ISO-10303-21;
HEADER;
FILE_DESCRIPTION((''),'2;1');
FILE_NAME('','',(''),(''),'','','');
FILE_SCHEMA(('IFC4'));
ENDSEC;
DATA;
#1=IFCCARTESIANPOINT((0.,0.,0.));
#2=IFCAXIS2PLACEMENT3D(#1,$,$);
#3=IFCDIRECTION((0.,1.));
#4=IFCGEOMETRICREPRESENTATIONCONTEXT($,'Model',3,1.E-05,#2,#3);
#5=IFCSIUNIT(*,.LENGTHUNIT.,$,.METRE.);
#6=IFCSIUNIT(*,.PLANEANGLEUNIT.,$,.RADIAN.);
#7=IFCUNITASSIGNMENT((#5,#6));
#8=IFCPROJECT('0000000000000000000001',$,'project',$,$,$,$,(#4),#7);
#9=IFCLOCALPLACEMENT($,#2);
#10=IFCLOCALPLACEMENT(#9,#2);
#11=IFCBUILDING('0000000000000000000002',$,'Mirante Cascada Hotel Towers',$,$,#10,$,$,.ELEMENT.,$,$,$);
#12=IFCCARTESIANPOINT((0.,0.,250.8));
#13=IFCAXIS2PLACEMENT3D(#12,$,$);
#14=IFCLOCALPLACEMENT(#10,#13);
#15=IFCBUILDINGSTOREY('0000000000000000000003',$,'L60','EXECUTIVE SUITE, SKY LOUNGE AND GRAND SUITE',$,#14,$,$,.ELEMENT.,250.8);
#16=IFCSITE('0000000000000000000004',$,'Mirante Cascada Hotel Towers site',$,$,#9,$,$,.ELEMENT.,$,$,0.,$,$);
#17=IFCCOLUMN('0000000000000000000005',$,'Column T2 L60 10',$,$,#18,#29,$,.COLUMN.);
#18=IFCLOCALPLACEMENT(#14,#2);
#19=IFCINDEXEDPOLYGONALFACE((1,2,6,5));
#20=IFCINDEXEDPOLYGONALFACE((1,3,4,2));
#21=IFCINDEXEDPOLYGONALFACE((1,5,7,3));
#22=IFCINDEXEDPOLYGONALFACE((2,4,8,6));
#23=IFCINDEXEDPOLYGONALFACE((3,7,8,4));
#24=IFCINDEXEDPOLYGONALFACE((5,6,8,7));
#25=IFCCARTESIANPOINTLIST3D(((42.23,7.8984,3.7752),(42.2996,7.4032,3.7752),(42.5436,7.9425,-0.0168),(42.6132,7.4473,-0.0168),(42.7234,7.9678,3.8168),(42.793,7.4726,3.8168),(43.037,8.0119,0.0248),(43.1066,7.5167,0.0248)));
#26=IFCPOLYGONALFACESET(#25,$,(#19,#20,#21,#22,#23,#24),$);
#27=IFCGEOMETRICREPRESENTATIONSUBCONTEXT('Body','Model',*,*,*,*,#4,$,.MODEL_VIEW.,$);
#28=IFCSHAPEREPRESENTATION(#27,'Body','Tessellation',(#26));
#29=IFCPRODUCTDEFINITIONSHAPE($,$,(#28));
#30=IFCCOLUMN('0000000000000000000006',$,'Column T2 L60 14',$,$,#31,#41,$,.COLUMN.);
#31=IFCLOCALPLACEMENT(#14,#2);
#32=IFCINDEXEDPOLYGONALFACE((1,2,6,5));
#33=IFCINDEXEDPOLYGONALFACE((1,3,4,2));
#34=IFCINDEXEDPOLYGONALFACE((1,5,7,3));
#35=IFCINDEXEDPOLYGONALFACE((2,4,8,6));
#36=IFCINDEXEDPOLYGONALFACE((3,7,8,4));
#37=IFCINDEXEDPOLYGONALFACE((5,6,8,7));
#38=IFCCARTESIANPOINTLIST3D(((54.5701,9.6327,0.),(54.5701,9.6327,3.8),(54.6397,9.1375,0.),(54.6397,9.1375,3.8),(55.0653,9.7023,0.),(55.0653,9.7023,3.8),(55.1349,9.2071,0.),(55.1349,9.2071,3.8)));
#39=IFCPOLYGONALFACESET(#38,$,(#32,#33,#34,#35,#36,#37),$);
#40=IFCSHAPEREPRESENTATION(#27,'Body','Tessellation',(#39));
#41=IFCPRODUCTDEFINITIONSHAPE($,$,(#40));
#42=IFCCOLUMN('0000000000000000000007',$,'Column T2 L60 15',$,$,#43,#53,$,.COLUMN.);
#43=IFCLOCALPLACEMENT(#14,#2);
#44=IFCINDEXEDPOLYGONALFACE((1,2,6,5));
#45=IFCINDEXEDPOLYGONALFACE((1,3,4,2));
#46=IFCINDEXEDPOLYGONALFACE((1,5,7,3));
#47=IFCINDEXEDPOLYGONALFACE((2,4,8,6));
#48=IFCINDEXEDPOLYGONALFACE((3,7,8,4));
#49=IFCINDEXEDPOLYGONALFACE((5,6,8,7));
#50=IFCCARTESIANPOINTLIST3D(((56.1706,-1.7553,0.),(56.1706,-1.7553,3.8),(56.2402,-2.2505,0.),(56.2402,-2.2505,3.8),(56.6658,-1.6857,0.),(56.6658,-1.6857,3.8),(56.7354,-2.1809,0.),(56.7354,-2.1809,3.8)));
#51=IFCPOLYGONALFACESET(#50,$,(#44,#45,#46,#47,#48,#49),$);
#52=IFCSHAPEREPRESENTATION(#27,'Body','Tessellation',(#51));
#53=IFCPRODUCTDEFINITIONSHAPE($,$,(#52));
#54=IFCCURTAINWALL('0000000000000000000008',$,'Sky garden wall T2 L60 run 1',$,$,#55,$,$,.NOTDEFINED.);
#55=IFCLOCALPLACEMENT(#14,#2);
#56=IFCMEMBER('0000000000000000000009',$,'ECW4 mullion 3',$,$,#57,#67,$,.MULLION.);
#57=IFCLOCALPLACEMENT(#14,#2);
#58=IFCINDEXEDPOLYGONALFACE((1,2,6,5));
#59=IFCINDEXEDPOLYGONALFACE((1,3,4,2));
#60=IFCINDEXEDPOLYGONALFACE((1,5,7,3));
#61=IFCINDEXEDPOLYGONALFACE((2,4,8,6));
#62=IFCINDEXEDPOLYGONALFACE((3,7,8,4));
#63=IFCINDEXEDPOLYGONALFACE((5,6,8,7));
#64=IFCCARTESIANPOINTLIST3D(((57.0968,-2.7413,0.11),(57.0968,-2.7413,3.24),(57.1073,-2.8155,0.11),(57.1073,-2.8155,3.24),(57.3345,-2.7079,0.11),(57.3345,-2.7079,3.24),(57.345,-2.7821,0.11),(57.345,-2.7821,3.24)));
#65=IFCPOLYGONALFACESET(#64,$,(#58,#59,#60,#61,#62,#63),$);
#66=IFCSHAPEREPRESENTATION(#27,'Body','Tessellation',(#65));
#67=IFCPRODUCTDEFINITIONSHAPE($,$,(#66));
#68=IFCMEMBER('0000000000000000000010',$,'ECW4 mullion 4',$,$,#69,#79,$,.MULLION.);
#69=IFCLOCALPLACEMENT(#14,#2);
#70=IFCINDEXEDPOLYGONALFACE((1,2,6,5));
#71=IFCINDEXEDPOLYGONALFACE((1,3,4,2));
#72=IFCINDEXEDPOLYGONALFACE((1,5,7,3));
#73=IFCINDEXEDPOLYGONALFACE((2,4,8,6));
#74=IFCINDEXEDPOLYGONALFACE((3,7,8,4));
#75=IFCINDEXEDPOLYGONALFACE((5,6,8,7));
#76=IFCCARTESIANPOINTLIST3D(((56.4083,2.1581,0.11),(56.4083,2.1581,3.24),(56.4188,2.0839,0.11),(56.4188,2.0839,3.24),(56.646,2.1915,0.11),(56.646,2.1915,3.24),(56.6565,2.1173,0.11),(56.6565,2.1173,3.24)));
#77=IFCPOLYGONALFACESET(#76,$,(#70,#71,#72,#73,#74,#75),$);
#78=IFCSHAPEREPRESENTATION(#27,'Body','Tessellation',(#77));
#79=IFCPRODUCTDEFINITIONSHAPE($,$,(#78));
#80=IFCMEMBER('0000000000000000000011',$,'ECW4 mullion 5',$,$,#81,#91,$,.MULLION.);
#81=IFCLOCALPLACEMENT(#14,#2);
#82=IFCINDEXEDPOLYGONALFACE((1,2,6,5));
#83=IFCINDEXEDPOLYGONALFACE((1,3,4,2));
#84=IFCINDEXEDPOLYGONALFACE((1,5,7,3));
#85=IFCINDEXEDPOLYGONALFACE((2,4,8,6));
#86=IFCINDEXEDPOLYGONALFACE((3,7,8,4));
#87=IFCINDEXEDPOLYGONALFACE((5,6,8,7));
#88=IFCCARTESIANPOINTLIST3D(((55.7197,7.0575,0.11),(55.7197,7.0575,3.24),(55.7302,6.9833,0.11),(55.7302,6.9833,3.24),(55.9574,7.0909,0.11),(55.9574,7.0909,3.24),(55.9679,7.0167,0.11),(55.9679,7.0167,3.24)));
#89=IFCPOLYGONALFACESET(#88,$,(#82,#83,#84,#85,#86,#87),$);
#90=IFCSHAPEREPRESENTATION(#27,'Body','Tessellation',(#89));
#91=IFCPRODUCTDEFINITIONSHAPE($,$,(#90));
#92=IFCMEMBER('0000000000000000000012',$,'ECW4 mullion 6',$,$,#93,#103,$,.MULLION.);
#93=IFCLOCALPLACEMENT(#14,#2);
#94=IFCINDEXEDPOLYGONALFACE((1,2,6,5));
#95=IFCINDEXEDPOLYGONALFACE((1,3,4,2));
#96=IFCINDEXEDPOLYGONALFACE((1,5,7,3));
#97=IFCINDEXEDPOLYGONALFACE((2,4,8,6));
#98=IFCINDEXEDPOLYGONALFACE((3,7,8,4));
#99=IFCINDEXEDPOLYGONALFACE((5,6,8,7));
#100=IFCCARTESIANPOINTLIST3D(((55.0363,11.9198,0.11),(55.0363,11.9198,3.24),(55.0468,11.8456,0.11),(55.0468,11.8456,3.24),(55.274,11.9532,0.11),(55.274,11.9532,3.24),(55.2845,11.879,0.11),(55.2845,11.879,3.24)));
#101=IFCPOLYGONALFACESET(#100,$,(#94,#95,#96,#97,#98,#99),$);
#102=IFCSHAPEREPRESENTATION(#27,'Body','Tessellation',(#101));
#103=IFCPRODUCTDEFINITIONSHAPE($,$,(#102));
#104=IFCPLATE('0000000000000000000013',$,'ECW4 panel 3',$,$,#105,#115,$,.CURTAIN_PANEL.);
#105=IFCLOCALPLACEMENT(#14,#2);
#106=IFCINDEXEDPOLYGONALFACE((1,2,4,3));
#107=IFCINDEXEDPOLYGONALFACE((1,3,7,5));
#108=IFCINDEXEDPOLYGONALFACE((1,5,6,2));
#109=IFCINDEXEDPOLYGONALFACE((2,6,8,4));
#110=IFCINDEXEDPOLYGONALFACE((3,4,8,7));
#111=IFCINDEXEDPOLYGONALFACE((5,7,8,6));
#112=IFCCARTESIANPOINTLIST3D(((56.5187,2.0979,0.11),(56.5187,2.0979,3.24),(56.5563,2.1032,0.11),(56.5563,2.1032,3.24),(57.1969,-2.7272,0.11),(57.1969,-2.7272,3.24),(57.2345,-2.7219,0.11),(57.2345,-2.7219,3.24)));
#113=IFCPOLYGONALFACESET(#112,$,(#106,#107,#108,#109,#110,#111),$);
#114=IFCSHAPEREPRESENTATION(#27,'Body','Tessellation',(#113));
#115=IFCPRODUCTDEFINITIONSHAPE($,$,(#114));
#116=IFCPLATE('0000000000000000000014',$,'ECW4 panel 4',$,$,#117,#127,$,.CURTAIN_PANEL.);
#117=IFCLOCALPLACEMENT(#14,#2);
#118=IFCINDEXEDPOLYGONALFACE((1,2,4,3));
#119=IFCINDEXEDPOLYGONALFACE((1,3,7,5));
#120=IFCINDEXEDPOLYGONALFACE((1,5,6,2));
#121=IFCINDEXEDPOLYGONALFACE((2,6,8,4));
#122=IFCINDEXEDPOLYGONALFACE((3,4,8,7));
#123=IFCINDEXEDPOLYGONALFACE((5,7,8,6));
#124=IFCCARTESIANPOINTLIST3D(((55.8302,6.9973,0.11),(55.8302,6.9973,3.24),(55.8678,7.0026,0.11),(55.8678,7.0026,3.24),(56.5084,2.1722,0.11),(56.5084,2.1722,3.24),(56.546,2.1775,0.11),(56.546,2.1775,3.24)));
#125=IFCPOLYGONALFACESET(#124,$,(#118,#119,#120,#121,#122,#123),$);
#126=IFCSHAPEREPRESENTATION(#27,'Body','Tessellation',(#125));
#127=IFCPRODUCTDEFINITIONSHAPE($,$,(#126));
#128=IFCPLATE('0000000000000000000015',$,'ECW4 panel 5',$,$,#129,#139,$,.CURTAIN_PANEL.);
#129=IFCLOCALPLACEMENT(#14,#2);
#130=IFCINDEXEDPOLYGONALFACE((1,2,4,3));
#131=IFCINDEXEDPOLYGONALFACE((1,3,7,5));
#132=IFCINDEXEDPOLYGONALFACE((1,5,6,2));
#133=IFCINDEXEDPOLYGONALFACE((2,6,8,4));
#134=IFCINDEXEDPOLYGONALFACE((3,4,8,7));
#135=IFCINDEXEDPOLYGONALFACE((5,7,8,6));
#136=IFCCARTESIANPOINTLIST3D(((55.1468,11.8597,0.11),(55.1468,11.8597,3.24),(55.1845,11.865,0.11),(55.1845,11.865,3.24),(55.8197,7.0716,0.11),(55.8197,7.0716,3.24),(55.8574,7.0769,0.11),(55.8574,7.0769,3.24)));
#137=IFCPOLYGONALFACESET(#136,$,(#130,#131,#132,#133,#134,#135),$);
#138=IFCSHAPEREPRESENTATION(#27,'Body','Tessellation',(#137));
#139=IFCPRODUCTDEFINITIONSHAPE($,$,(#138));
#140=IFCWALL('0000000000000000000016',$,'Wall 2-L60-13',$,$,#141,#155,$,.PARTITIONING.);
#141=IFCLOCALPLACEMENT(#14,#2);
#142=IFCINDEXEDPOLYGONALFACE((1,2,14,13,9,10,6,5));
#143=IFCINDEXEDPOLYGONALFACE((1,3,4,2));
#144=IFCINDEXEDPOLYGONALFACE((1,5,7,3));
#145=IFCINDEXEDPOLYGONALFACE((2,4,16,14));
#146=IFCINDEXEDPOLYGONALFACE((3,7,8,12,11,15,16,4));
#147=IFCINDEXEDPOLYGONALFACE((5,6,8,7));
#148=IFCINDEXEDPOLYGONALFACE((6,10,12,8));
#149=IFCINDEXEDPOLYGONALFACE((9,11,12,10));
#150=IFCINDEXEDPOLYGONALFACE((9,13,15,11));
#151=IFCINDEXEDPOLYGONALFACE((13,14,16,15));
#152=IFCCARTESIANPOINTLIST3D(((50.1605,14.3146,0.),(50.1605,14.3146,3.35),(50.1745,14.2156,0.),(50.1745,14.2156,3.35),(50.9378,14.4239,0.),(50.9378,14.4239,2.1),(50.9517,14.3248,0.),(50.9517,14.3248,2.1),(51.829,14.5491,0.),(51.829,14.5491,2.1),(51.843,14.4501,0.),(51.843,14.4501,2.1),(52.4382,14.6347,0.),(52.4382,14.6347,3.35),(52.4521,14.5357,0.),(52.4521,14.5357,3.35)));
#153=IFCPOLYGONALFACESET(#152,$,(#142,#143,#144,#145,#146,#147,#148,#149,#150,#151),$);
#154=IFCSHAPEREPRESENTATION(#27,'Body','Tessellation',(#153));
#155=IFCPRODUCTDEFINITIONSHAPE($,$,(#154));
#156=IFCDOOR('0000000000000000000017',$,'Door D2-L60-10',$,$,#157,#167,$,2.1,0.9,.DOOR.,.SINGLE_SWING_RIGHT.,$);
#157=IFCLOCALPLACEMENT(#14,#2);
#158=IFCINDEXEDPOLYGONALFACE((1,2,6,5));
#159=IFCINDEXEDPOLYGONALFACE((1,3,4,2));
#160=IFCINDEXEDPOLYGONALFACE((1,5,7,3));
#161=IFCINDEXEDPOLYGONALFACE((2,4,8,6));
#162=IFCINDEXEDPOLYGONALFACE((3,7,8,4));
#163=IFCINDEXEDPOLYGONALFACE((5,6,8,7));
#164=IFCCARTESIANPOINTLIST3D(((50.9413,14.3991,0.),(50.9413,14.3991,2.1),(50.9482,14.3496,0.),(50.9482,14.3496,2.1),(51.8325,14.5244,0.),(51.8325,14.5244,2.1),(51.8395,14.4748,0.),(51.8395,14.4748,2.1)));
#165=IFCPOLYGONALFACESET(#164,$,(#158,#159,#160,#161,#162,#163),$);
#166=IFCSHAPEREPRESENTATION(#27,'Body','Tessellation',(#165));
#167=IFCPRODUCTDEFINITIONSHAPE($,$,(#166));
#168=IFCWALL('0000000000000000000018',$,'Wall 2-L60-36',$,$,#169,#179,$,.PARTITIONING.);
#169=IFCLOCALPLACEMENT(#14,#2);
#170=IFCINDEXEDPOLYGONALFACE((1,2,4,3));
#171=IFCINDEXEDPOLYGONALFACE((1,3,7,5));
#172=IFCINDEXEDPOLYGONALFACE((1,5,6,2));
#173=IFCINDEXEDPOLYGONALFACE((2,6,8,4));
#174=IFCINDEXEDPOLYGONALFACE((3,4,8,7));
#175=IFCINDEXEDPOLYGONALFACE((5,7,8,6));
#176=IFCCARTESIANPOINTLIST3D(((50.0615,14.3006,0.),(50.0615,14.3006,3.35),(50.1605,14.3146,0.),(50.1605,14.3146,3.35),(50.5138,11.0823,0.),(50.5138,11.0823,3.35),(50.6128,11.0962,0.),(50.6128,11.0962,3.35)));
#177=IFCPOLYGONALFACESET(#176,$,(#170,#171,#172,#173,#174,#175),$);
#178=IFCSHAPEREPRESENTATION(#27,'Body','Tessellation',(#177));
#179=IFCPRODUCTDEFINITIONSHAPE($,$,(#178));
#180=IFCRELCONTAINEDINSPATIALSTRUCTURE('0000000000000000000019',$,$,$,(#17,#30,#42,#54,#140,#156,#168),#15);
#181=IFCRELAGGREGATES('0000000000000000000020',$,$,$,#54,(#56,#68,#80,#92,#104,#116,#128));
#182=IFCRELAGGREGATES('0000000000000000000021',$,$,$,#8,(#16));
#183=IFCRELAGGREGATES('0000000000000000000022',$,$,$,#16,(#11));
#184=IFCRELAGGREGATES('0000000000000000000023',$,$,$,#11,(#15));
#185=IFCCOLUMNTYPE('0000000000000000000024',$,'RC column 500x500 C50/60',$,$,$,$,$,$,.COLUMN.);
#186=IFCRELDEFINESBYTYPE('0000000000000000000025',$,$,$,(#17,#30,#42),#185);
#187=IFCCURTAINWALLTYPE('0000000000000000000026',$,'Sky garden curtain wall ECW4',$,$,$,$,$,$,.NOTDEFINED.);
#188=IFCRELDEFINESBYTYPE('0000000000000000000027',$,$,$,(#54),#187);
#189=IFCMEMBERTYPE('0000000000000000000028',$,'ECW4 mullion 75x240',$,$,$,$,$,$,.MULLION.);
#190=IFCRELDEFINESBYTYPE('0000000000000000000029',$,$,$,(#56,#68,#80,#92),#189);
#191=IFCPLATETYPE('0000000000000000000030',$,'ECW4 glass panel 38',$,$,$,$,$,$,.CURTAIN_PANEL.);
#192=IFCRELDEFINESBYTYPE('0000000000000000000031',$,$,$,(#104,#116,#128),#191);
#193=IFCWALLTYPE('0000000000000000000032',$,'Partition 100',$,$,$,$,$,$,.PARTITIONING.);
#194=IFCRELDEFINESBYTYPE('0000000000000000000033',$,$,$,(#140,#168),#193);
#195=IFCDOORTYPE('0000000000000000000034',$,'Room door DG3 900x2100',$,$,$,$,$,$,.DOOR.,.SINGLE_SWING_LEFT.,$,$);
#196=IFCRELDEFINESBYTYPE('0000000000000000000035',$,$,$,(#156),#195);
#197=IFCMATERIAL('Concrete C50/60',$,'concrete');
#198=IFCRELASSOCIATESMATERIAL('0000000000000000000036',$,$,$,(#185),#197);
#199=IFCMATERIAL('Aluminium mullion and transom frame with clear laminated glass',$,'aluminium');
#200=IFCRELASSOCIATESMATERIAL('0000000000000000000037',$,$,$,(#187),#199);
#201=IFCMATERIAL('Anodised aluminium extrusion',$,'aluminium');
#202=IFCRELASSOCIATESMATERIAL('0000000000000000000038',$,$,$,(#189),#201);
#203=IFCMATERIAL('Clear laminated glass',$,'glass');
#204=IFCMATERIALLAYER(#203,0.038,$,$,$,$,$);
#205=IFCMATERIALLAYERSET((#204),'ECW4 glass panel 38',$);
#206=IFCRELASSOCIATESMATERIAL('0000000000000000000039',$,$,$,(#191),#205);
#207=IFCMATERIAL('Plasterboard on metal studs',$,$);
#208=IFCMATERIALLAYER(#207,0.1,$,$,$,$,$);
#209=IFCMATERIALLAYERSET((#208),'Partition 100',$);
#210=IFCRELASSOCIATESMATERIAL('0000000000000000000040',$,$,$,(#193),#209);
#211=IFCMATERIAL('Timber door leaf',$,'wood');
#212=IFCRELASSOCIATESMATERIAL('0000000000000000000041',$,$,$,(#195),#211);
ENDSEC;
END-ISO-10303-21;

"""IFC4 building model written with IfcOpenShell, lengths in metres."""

from ifc_helpers import new_model, si_unit, direction, frame, frame_2d, origin, origin_2d, place, context, subcontext, project, spatial, rectangle, extrude, material, layer, layer_set, material_profile, profile_set, type_object, element, fill, aggregate, save


model = new_model("IFC4")

# Units and contexts
model_context = context("Model", 3, precision=1e-05, world=origin(), true_north=direction((0.0, 1.0)))
body_context = subcontext(model_context, "Body", "Model", "MODEL_VIEW")
ifc_project = project(units=[si_unit("LENGTHUNIT", "METRE"), si_unit("PLANEANGLEUNIT", "RADIAN")], contexts=[model_context])

# Site, building, storey
site_placement = place(None, origin())
site = spatial("IfcSite", under=ifc_project, at=site_placement, Name="Mirante Cascada Hotel Towers site", CompositionType="ELEMENT", RefElevation=0.0)
building_placement = place(site_placement, origin())
building = spatial("IfcBuilding", under=site, at=building_placement, Name="Mirante Cascada Hotel Towers", CompositionType="ELEMENT")
storey_placement = place(building_placement, frame((0.0, 0.0, 250.8)))
storey = spatial("IfcBuildingStorey", under=building, at=storey_placement, Name="L60", Description="EXECUTIVE SUITE, SKY LOUNGE AND GRAND SUITE", CompositionType="ELEMENT", Elevation=250.8)

# Columns
ifc_material_1 = material(Name="Concrete C50/60", Category="concrete")
ifc_material_profile_1 = material_profile(ifc_material_1, rectangle(XDim=0.5, YDim=0.5, at=origin_2d()), Name="RC column 500x500 C50/60")
ifc_profile_set_1 = profile_set([ifc_material_profile_1], Name="Concrete C50/60")
column_type = type_object("IfcColumnType", Name="RC column 500x500 C50/60", PredefinedType="COLUMN", material=ifc_profile_set_1)
column_placement = place(storey_placement, frame((42.8251, 7.7296, 0.004), z_axis=(-0.082414, -0.011589, 0.996531), x_axis=(0.139255, -0.990257, 0.0)))
element("IfcColumn", 1, at=column_placement, inside=storey, type_object=column_type, Name="Column T2 L60 10", PredefinedType="COLUMN", context=body_context, shape_type="SweptSolid", body=[
    extrude(rectangle(XDim=0.5, YDim=0.5, at=origin_2d()), origin(), (0.0, 0.0, 1.0), 3.8052),
])
for number, where, z_axis, x_axis, name in (
    (2, (54.8525, 9.4199, 0.0), (0.0, 0.0, 1.0), (0.990268, 0.139173, 0.0), "Column T2 L60 14"),
    (3, (56.453, -1.9681, 0.0), (0.0, 0.0, 1.0), (0.990268, 0.139173, 0.0), "Column T2 L60 15"),
):
    element("IfcColumn", number, at=place(storey_placement, frame(where, z_axis=z_axis, x_axis=x_axis)), inside=storey, type_object=column_type, Name=name, PredefinedType="COLUMN", context=body_context, shape_type="SweptSolid", body=[
        extrude(rectangle(XDim=0.5, YDim=0.5, at=origin_2d()), origin(), (0.0, 0.0, 1.0), 3.8),
    ])

# Curtain wall, members, plates
ifc_material_2 = material(Name="Aluminium mullion and transom frame with clear laminated glass", Category="aluminium")
curtain_wall_type = type_object("IfcCurtainWallType", Name="Sky garden curtain wall ECW4", PredefinedType="NOTDEFINED", material=ifc_material_2)
curtain_wall_placement = place(storey_placement, origin())
curtain_wall = element("IfcCurtainWall", 4, at=curtain_wall_placement, inside=storey, type_object=curtain_wall_type, Name="Sky garden wall T2 L60 run 1", PredefinedType="NOTDEFINED")
ifc_material_3 = material(Name="Anodised aluminium extrusion", Category="aluminium")
ifc_material_profile_2 = material_profile(ifc_material_3, rectangle(XDim=0.24, YDim=0.075, at=origin_2d()), Name="ECW4 MULLION 75x240")
ifc_profile_set_2 = profile_set([ifc_material_profile_2], Name="Anodised aluminium extrusion")
member_type = type_object("IfcMemberType", Name="ECW4 mullion 75x240", PredefinedType="MULLION", material=ifc_profile_set_2)
member_1_placement = place(storey_placement, frame((57.2209, -2.7617, 0.11), z_axis=(0.0, 0.0, 1.0), x_axis=(-0.990268, -0.139173, 0.0)))
member_1 = element("IfcMember", 5, at=member_1_placement, type_object=member_type, Name="ECW4 mullion 3", PredefinedType="MULLION", context=body_context, shape_type="SweptSolid", body=[
    extrude(rectangle(XDim=0.24, YDim=0.075, at=origin_2d()), origin(), (0.0, 0.0, 1.0), 3.13),
])
member_2_placement = place(storey_placement, frame((56.5324, 2.1377, 0.11), z_axis=(0.0, 0.0, 1.0), x_axis=(-0.990268, -0.139173, 0.0)))
member_2 = element("IfcMember", 6, at=member_2_placement, type_object=member_type, Name="ECW4 mullion 4", PredefinedType="MULLION", context=body_context, shape_type="SweptSolid", body=[
    extrude(rectangle(XDim=0.24, YDim=0.075, at=origin_2d()), origin(), (0.0, 0.0, 1.0), 3.13),
])
member_3_placement = place(storey_placement, frame((55.8438, 7.0371, 0.11), z_axis=(0.0, 0.0, 1.0), x_axis=(-0.990268, -0.139173, 0.0)))
member_3 = element("IfcMember", 7, at=member_3_placement, type_object=member_type, Name="ECW4 mullion 5", PredefinedType="MULLION", context=body_context, shape_type="SweptSolid", body=[
    extrude(rectangle(XDim=0.24, YDim=0.075, at=origin_2d()), origin(), (0.0, 0.0, 1.0), 3.13),
])
member_4_placement = place(storey_placement, frame((55.1604, 11.8994, 0.11), z_axis=(0.0, 0.0, 1.0), x_axis=(-0.990268, -0.139173, 0.0)))
member_4 = element("IfcMember", 8, at=member_4_placement, type_object=member_type, Name="ECW4 mullion 6", PredefinedType="MULLION", context=body_context, shape_type="SweptSolid", body=[
    extrude(rectangle(XDim=0.24, YDim=0.075, at=origin_2d()), origin(), (0.0, 0.0, 1.0), 3.13),
])
ifc_material_4 = material(Name="Clear laminated glass", Category="glass")
ifc_layer_1 = layer(ifc_material_4, 0.038)
ifc_layer_set_1 = layer_set([ifc_layer_1], Name="ECW4 glass panel 38")
plate_type = type_object("IfcPlateType", Name="ECW4 glass panel 38", PredefinedType="CURTAIN_PANEL", material=ifc_layer_set_1)
plate_1_placement = place(storey_placement, frame((56.8766, -0.312, 0.11), z_axis=(0.0, 0.0, 1.0), x_axis=(-0.139173, 0.990268, 0.0)))
plate_1 = element("IfcPlate", 9, at=plate_1_placement, type_object=plate_type, Name="ECW4 panel 3", PredefinedType="CURTAIN_PANEL", context=body_context, shape_type="SweptSolid", body=[
    extrude(rectangle(XDim=4.8726, YDim=0.038, at=origin_2d()), origin(), (0.0, 0.0, 1.0), 3.13),
])
plate_2_placement = place(storey_placement, frame((56.1881, 4.5874, 0.11), z_axis=(0.0, 0.0, 1.0), x_axis=(-0.139173, 0.990268, 0.0)))
plate_2 = element("IfcPlate", 10, at=plate_2_placement, type_object=plate_type, Name="ECW4 panel 4", PredefinedType="CURTAIN_PANEL", context=body_context, shape_type="SweptSolid", body=[
    extrude(rectangle(XDim=4.8726, YDim=0.038, at=origin_2d()), origin(), (0.0, 0.0, 1.0), 3.13),
])
plate_3_placement = place(storey_placement, frame((55.5021, 9.4683, 0.11), z_axis=(0.0, 0.0, 1.0), x_axis=(-0.139173, 0.990268, 0.0)))
plate_3 = element("IfcPlate", 11, at=plate_3_placement, type_object=plate_type, Name="ECW4 panel 5", PredefinedType="CURTAIN_PANEL", context=body_context, shape_type="SweptSolid", body=[
    extrude(rectangle(XDim=4.8351, YDim=0.038, at=origin_2d()), origin(), (0.0, 0.0, 1.0), 3.13),
])
aggregate(curtain_wall, [member_1, member_2, member_3, member_4, plate_1, plate_2, plate_3])

# Wall, opening, door
ifc_material_5 = material(Name="Plasterboard on metal studs")
ifc_layer_2 = layer(ifc_material_5, 0.1)
ifc_layer_set_2 = layer_set([ifc_layer_2], Name="Partition 100")
wall_type_1 = type_object("IfcWallType", Name="Partition 100", PredefinedType="PARTITIONING", material=ifc_layer_set_2)
wall_1_placement = place(storey_placement, frame((50.1675, 14.2651, 0.0), z_axis=(0.0, 0.0, 1.0), x_axis=(0.990268, 0.139175, 0.0)))
wall_1 = element("IfcWall", 12, at=wall_1_placement, inside=storey, type_object=wall_type_1, Name="Wall 2-L60-13", PredefinedType="PARTITIONING", context=body_context, shape_type="SweptSolid", body=[
    extrude(rectangle(XDim=2.3, YDim=0.1, at=frame_2d((1.15, 0.0))), origin(), (0.0, 0.0, 1.0), 3.35),
])
opening_1_placement = place(wall_1_placement, frame((0.7849, 0.0, 0.0)))
opening_1 = element("IfcOpeningElement", 13, at=opening_1_placement, cuts=wall_1, PredefinedType="OPENING", context=body_context, shape_type="SweptSolid", body=[
    extrude(rectangle(XDim=0.9, YDim=2.1, at=frame_2d((0.45, 1.05))), frame((0.0, 0.05, 0.0), z_axis=(0.0, -1.0, 0.0), x_axis=(1.0, 0.0, 0.0)), (0.0, 0.0, 1.0), 0.1),
])
ifc_material_6 = material(Name="Timber door leaf", Category="wood")
door_type_1 = type_object("IfcDoorType", Name="Room door DG3 900x2100", OperationType="SINGLE_SWING_LEFT", PredefinedType="DOOR", material=ifc_material_6)
door_1_placement = place(opening_1_placement, frame((0.9, 0.0, 0.0), z_axis=(0.0, 0.0, 1.0), x_axis=(-1.0, 0.0, 0.0)))
door_1 = element("IfcDoor", 14, at=door_1_placement, inside=storey, type_object=door_type_1, Name="Door D2-L60-10", OperationType="SINGLE_SWING_RIGHT", OverallHeight=2.1, OverallWidth=0.9, PredefinedType="DOOR", context=body_context, shape_type="SweptSolid", body=[
    extrude(rectangle(XDim=0.9, YDim=2.1, at=frame_2d((0.45, 1.05))), frame((0.0, 0.025, 0.0), z_axis=(0.0, -1.0, 0.0), x_axis=(1.0, 0.0, 0.0)), (0.0, 0.0, 1.0), 0.05),
])
fill(opening_1, door_1)

# Wall
wall_2_placement = place(storey_placement, frame((50.111, 14.3076, 0.0), z_axis=(0.0, 0.0, 1.0), x_axis=(0.139168, -0.990269, 0.0)))
element("IfcWall", 15, at=wall_2_placement, inside=storey, type_object=wall_type_1, Name="Wall 2-L60-36", PredefinedType="PARTITIONING", context=body_context, shape_type="SweptSolid", body=[
    extrude(rectangle(XDim=3.25, YDim=0.1, at=frame_2d((1.625, 0.0))), origin(), (0.0, 0.0, 1.0), 3.35),
])

save(model, "model.ifc")
